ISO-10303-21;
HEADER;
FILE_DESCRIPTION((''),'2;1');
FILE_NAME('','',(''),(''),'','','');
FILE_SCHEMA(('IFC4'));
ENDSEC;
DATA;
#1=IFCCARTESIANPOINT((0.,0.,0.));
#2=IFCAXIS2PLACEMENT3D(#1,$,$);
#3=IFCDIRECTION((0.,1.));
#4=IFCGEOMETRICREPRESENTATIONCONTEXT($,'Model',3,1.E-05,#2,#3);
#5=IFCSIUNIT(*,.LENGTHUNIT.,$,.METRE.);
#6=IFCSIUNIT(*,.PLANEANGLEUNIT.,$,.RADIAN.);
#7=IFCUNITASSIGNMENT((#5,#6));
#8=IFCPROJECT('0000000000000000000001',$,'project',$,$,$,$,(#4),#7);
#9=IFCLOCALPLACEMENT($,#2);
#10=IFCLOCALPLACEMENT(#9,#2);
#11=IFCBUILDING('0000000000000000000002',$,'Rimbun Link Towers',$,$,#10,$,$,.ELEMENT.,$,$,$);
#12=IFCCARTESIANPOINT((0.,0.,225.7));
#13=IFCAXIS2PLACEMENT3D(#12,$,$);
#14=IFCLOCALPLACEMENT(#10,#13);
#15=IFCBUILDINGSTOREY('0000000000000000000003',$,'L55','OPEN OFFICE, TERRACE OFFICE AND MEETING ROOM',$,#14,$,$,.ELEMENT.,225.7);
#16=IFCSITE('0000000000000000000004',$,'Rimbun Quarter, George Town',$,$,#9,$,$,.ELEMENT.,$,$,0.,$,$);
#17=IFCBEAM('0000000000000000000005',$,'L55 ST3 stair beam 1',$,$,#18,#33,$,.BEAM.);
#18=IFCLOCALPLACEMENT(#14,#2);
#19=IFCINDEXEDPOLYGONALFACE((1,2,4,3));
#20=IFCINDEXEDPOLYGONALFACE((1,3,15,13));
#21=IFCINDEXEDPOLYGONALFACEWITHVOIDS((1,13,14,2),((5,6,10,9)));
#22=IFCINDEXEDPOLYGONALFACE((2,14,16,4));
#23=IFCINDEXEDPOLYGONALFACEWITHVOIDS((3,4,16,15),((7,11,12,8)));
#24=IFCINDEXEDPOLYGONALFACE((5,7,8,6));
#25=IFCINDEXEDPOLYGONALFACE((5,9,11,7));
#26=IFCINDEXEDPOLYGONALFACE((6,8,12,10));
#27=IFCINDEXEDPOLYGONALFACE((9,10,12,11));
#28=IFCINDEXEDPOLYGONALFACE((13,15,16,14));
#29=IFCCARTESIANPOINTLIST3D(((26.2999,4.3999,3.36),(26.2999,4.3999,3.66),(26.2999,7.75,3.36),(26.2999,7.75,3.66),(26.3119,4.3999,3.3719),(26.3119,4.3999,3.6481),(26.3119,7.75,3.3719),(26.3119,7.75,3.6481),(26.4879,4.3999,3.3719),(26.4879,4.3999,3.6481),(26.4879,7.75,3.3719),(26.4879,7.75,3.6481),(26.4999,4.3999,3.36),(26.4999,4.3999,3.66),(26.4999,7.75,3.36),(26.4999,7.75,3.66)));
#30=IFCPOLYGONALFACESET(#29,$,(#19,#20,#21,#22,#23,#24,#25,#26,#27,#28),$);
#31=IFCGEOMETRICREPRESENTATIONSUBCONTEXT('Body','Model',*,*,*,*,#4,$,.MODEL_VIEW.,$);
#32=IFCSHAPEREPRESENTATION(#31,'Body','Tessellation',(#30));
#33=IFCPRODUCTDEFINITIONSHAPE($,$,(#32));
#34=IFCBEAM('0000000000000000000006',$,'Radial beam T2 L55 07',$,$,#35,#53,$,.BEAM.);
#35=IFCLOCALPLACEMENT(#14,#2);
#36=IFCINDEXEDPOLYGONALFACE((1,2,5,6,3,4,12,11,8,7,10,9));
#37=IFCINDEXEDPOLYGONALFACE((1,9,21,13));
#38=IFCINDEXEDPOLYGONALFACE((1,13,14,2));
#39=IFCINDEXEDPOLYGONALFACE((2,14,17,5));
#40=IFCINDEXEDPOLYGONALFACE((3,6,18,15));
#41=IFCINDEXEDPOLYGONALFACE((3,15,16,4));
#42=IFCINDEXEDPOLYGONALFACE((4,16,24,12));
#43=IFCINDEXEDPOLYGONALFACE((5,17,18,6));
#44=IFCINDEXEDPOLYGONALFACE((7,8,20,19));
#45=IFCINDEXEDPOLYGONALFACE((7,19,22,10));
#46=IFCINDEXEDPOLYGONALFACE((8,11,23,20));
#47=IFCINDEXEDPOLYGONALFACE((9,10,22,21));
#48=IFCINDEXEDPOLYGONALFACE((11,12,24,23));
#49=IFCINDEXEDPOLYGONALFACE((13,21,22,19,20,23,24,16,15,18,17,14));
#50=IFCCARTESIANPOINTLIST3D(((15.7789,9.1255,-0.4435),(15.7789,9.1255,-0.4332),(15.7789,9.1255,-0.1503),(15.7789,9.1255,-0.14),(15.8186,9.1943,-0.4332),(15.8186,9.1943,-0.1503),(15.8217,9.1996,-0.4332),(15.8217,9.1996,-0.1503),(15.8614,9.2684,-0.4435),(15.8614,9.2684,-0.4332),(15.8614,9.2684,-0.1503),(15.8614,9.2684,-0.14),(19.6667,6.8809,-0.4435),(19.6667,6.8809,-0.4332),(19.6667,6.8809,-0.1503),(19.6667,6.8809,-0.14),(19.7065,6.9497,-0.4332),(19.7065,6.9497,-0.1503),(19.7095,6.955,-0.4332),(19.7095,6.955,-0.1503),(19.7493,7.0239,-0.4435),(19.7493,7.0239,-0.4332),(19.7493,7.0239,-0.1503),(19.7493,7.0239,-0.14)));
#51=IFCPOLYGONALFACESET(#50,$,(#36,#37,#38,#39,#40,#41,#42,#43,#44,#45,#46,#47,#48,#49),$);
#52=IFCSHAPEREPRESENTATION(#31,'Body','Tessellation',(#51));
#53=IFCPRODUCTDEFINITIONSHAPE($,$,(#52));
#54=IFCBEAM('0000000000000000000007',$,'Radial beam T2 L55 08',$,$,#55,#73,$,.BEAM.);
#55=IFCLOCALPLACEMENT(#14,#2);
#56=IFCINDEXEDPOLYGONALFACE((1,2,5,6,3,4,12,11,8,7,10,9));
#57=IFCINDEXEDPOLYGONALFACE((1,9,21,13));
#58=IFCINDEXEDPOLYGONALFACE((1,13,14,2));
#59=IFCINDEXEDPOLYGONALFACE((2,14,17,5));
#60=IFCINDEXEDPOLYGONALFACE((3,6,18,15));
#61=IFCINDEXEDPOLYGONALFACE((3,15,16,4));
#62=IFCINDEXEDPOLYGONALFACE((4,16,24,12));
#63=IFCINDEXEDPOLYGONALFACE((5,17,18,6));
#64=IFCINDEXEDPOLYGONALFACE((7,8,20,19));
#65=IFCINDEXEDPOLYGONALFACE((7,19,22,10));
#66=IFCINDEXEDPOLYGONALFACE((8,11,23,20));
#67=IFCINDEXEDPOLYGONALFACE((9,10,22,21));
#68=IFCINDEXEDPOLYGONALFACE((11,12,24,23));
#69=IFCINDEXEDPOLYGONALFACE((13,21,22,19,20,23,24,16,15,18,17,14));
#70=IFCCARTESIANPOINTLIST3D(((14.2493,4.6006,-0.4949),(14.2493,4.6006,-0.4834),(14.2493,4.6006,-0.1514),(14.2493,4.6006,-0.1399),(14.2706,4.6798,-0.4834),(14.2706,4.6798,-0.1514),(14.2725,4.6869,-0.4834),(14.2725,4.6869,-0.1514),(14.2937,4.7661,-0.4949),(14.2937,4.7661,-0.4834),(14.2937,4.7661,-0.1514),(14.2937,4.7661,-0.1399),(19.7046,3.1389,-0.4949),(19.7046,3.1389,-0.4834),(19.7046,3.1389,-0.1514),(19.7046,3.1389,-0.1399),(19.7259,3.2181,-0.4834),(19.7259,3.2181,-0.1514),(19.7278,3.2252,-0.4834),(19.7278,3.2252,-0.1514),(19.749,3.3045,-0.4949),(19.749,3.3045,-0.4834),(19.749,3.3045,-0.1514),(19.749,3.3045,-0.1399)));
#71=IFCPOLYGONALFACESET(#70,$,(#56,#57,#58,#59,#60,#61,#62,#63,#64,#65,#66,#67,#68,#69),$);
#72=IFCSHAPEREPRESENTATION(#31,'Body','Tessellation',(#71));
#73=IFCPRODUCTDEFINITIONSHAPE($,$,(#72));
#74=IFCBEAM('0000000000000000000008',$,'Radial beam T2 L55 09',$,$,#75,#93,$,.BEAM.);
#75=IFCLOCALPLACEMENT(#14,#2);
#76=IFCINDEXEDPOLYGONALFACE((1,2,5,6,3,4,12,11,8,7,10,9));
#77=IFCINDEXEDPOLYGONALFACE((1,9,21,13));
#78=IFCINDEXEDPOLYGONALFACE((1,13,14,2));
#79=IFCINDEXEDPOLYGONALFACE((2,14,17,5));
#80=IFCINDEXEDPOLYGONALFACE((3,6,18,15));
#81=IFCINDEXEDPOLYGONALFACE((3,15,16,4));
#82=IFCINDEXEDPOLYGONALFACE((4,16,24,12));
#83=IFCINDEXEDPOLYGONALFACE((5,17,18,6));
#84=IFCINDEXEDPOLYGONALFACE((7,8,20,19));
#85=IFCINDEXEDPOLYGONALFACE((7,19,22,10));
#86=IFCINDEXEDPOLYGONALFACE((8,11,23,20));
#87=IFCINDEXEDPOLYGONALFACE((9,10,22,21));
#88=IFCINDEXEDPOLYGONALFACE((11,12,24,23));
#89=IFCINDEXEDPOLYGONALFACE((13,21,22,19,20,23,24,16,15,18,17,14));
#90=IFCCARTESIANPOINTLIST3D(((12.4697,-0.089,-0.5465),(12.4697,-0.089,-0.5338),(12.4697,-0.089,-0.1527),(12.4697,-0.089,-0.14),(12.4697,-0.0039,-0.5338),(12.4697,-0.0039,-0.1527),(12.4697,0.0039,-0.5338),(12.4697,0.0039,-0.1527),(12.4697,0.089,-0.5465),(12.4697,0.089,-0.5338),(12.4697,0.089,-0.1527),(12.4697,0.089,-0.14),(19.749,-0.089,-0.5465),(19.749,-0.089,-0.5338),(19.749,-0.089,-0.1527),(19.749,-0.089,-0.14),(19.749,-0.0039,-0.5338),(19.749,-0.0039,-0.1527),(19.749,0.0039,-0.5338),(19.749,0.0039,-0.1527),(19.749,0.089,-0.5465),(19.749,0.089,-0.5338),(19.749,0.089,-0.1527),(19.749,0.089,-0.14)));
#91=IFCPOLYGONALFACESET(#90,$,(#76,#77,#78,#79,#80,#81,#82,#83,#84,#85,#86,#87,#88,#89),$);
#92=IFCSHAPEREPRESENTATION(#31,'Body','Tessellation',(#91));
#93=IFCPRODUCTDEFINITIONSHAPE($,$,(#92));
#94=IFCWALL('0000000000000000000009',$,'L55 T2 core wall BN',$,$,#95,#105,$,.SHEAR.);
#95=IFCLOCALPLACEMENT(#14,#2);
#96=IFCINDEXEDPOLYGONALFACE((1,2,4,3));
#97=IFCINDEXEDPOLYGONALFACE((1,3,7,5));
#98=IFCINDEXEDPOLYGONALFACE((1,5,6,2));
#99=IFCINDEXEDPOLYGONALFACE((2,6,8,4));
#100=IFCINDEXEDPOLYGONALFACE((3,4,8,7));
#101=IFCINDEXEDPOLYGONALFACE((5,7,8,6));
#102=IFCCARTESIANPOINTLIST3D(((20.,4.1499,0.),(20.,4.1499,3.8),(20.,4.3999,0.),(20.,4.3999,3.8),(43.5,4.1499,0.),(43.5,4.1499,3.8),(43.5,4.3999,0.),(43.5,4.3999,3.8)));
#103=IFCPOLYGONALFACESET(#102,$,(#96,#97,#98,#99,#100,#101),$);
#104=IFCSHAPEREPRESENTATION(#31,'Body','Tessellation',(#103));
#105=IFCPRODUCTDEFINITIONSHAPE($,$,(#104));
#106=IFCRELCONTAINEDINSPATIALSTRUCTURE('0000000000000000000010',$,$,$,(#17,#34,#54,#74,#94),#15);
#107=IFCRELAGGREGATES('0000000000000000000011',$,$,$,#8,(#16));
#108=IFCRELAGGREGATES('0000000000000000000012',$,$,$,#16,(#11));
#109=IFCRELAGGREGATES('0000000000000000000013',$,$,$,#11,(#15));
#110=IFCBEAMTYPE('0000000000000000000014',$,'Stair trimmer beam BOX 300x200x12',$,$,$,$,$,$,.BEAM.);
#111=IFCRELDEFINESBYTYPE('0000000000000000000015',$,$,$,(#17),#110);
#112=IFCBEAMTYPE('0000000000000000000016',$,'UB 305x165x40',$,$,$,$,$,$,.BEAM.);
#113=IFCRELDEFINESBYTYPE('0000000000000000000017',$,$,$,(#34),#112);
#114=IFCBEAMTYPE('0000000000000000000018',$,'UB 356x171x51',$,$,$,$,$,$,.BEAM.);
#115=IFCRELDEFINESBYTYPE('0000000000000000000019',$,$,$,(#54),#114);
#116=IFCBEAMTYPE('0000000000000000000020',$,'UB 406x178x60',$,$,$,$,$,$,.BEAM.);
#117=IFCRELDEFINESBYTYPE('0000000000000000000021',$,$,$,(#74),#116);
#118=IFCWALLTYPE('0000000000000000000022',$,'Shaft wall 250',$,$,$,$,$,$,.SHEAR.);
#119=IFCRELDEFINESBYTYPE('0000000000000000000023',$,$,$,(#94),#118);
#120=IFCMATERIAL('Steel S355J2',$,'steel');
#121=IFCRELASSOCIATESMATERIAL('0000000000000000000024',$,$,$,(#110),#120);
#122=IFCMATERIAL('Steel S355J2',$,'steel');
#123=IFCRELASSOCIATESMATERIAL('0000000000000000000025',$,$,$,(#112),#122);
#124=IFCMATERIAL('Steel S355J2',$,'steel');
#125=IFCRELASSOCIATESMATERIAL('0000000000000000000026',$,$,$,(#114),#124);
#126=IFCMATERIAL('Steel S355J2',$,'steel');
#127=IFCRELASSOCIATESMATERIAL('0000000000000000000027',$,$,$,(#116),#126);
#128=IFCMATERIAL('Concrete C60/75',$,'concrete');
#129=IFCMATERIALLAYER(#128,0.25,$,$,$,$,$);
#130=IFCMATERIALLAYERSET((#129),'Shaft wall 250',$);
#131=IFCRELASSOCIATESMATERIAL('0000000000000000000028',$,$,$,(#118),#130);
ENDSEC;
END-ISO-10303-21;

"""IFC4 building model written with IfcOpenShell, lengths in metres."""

from ifc_helpers import new_model, si_unit, direction, frame, frame_2d, origin, origin_2d, place, context, subcontext, project, spatial, rectangle, hollow_rectangle, i_section, extrude, material, layer, layer_set, material_profile, profile_set, type_object, element, save


model = new_model("IFC4")

# Units and contexts
model_context = context("Model", 3, precision=1e-05, world=origin(), true_north=direction((0.0, 1.0)))
body_context = subcontext(model_context, "Body", "Model", "MODEL_VIEW")
ifc_project = project(units=[si_unit("LENGTHUNIT", "METRE"), si_unit("PLANEANGLEUNIT", "RADIAN")], contexts=[model_context])

# Site, building, storey
site_placement = place(None, origin())
site = spatial("IfcSite", under=ifc_project, at=site_placement, Name="Rimbun Quarter, George Town", CompositionType="ELEMENT", RefElevation=0.0)
building_placement = place(site_placement, origin())
building = spatial("IfcBuilding", under=site, at=building_placement, Name="Rimbun Link Towers", CompositionType="ELEMENT")
storey_placement = place(building_placement, frame((0.0, 0.0, 225.7)))
storey = spatial("IfcBuildingStorey", under=building, at=storey_placement, Name="L55", Description="OPEN OFFICE, TERRACE OFFICE AND MEETING ROOM", CompositionType="ELEMENT", Elevation=225.7)

# Beams
ifc_material_1 = material(Name="Steel S355J2", Category="steel")
ifc_material_profile_1 = material_profile(ifc_material_1, hollow_rectangle(XDim=0.2, YDim=0.3, WallThickness=0.012, at=origin_2d()), Name="BOX 300x200x12")
ifc_profile_set_1 = profile_set([ifc_material_profile_1], Name="Steel S355J2")
beam_type_1 = type_object("IfcBeamType", Name="Stair trimmer beam BOX 300x200x12", PredefinedType="BEAM", material=ifc_profile_set_1)
beam_1_placement = place(storey_placement, frame((26.3999, 7.75, 3.51), z_axis=(0.0, -1.0, 0.0), x_axis=(1.0, 0.0, 0.0)))
element("IfcBeam", 1, at=beam_1_placement, inside=storey, type_object=beam_type_1, Name="L55 ST3 stair beam 1", PredefinedType="BEAM", context=body_context, shape_type="SweptSolid", body=[
    extrude(hollow_rectangle(XDim=0.2, YDim=0.3, WallThickness=0.012, at=origin_2d()), origin(), (0.0, 0.0, 1.0), 3.3501),
])
ifc_material_2 = material(Name="Steel S355J2", Category="steel")
ifc_material_profile_2 = material_profile(ifc_material_2, i_section(OverallWidth=0.165, OverallDepth=0.3035, WebThickness=0.0061, FlangeThickness=0.0103, at=origin_2d()), Name="UB 305x165x40")
ifc_profile_set_2 = profile_set([ifc_material_profile_2], Name="Steel S355J2")
beam_type_2 = type_object("IfcBeamType", Name="UB 305x165x40", PredefinedType="BEAM", material=ifc_profile_set_2)
beam_2_placement = place(storey_placement, frame((19.708, 6.9524, -0.2917), z_axis=(-0.866033, 0.499988, 0.0), x_axis=(-0.499988, -0.866033, 0.0)))
element("IfcBeam", 2, at=beam_2_placement, inside=storey, type_object=beam_type_2, Name="Radial beam T2 L55 07", PredefinedType="BEAM", context=body_context, shape_type="SweptSolid", body=[
    extrude(i_section(OverallWidth=0.165, OverallDepth=0.3035, WebThickness=0.0061, FlangeThickness=0.0103, at=origin_2d()), origin(), (0.0, 0.0, 1.0), 4.4893),
])
ifc_material_3 = material(Name="Steel S355J2", Category="steel")
ifc_material_profile_3 = material_profile(ifc_material_3, i_section(OverallWidth=0.1714, OverallDepth=0.355, WebThickness=0.0073, FlangeThickness=0.0115, at=origin_2d()), Name="UB 356x171x51")
ifc_profile_set_3 = profile_set([ifc_material_profile_3], Name="Steel S355J2")
beam_type_3 = type_object("IfcBeamType", Name="UB 356x171x51", PredefinedType="BEAM", material=ifc_profile_set_3)
beam_3_placement = place(storey_placement, frame((19.7268, 3.2217, -0.3174), z_axis=(-0.965929, 0.258806, 0.0), x_axis=(-0.258806, -0.965929, 0.0)))
element("IfcBeam", 3, at=beam_3_placement, inside=storey, type_object=beam_type_3, Name="Radial beam T2 L55 08", PredefinedType="BEAM", context=body_context, shape_type="SweptSolid", body=[
    extrude(i_section(OverallWidth=0.1714, OverallDepth=0.355, WebThickness=0.0073, FlangeThickness=0.0115, at=origin_2d()), origin(), (0.0, 0.0, 1.0), 5.6477),
])
ifc_material_4 = material(Name="Steel S355J2", Category="steel")
ifc_material_profile_4 = material_profile(ifc_material_4, i_section(OverallWidth=0.178, OverallDepth=0.4065, WebThickness=0.0078, FlangeThickness=0.0127, at=origin_2d()), Name="UB 406x178x60")
ifc_profile_set_4 = profile_set([ifc_material_profile_4], Name="Steel S355J2")
beam_type_4 = type_object("IfcBeamType", Name="UB 406x178x60", PredefinedType="BEAM", material=ifc_profile_set_4)
beam_4_placement = place(storey_placement, frame((19.749, 0.0, -0.3433), z_axis=(-1.0, 0.0, 0.0), x_axis=(0.0, -1.0, 0.0)))
element("IfcBeam", 4, at=beam_4_placement, inside=storey, type_object=beam_type_4, Name="Radial beam T2 L55 09", PredefinedType="BEAM", context=body_context, shape_type="SweptSolid", body=[
    extrude(i_section(OverallWidth=0.178, OverallDepth=0.4065, WebThickness=0.0078, FlangeThickness=0.0127, at=origin_2d()), origin(), (0.0, 0.0, 1.0), 7.2793),
])

# Wall
ifc_material_5 = material(Name="Concrete C60/75", Category="concrete")
ifc_layer = layer(ifc_material_5, 0.25)
ifc_layer_set = layer_set([ifc_layer], Name="Shaft wall 250")
wall_type = type_object("IfcWallType", Name="Shaft wall 250", PredefinedType="SHEAR", material=ifc_layer_set)
wall_1_placement = place(storey_placement, frame((20.0, 4.2749, 0.0), z_axis=(0.0, 0.0, 1.0), x_axis=(1.0, 0.0, 0.0)))
element("IfcWall", 5, at=wall_1_placement, inside=storey, type_object=wall_type, Name="L55 T2 core wall BN", PredefinedType="SHEAR", context=body_context, shape_type="SweptSolid", body=[
    extrude(rectangle(XDim=23.5, YDim=0.25, at=frame_2d((11.75, 0.0))), origin(), (0.0, 0.0, 1.0), 3.8),
])

save(model, "model.ifc")
